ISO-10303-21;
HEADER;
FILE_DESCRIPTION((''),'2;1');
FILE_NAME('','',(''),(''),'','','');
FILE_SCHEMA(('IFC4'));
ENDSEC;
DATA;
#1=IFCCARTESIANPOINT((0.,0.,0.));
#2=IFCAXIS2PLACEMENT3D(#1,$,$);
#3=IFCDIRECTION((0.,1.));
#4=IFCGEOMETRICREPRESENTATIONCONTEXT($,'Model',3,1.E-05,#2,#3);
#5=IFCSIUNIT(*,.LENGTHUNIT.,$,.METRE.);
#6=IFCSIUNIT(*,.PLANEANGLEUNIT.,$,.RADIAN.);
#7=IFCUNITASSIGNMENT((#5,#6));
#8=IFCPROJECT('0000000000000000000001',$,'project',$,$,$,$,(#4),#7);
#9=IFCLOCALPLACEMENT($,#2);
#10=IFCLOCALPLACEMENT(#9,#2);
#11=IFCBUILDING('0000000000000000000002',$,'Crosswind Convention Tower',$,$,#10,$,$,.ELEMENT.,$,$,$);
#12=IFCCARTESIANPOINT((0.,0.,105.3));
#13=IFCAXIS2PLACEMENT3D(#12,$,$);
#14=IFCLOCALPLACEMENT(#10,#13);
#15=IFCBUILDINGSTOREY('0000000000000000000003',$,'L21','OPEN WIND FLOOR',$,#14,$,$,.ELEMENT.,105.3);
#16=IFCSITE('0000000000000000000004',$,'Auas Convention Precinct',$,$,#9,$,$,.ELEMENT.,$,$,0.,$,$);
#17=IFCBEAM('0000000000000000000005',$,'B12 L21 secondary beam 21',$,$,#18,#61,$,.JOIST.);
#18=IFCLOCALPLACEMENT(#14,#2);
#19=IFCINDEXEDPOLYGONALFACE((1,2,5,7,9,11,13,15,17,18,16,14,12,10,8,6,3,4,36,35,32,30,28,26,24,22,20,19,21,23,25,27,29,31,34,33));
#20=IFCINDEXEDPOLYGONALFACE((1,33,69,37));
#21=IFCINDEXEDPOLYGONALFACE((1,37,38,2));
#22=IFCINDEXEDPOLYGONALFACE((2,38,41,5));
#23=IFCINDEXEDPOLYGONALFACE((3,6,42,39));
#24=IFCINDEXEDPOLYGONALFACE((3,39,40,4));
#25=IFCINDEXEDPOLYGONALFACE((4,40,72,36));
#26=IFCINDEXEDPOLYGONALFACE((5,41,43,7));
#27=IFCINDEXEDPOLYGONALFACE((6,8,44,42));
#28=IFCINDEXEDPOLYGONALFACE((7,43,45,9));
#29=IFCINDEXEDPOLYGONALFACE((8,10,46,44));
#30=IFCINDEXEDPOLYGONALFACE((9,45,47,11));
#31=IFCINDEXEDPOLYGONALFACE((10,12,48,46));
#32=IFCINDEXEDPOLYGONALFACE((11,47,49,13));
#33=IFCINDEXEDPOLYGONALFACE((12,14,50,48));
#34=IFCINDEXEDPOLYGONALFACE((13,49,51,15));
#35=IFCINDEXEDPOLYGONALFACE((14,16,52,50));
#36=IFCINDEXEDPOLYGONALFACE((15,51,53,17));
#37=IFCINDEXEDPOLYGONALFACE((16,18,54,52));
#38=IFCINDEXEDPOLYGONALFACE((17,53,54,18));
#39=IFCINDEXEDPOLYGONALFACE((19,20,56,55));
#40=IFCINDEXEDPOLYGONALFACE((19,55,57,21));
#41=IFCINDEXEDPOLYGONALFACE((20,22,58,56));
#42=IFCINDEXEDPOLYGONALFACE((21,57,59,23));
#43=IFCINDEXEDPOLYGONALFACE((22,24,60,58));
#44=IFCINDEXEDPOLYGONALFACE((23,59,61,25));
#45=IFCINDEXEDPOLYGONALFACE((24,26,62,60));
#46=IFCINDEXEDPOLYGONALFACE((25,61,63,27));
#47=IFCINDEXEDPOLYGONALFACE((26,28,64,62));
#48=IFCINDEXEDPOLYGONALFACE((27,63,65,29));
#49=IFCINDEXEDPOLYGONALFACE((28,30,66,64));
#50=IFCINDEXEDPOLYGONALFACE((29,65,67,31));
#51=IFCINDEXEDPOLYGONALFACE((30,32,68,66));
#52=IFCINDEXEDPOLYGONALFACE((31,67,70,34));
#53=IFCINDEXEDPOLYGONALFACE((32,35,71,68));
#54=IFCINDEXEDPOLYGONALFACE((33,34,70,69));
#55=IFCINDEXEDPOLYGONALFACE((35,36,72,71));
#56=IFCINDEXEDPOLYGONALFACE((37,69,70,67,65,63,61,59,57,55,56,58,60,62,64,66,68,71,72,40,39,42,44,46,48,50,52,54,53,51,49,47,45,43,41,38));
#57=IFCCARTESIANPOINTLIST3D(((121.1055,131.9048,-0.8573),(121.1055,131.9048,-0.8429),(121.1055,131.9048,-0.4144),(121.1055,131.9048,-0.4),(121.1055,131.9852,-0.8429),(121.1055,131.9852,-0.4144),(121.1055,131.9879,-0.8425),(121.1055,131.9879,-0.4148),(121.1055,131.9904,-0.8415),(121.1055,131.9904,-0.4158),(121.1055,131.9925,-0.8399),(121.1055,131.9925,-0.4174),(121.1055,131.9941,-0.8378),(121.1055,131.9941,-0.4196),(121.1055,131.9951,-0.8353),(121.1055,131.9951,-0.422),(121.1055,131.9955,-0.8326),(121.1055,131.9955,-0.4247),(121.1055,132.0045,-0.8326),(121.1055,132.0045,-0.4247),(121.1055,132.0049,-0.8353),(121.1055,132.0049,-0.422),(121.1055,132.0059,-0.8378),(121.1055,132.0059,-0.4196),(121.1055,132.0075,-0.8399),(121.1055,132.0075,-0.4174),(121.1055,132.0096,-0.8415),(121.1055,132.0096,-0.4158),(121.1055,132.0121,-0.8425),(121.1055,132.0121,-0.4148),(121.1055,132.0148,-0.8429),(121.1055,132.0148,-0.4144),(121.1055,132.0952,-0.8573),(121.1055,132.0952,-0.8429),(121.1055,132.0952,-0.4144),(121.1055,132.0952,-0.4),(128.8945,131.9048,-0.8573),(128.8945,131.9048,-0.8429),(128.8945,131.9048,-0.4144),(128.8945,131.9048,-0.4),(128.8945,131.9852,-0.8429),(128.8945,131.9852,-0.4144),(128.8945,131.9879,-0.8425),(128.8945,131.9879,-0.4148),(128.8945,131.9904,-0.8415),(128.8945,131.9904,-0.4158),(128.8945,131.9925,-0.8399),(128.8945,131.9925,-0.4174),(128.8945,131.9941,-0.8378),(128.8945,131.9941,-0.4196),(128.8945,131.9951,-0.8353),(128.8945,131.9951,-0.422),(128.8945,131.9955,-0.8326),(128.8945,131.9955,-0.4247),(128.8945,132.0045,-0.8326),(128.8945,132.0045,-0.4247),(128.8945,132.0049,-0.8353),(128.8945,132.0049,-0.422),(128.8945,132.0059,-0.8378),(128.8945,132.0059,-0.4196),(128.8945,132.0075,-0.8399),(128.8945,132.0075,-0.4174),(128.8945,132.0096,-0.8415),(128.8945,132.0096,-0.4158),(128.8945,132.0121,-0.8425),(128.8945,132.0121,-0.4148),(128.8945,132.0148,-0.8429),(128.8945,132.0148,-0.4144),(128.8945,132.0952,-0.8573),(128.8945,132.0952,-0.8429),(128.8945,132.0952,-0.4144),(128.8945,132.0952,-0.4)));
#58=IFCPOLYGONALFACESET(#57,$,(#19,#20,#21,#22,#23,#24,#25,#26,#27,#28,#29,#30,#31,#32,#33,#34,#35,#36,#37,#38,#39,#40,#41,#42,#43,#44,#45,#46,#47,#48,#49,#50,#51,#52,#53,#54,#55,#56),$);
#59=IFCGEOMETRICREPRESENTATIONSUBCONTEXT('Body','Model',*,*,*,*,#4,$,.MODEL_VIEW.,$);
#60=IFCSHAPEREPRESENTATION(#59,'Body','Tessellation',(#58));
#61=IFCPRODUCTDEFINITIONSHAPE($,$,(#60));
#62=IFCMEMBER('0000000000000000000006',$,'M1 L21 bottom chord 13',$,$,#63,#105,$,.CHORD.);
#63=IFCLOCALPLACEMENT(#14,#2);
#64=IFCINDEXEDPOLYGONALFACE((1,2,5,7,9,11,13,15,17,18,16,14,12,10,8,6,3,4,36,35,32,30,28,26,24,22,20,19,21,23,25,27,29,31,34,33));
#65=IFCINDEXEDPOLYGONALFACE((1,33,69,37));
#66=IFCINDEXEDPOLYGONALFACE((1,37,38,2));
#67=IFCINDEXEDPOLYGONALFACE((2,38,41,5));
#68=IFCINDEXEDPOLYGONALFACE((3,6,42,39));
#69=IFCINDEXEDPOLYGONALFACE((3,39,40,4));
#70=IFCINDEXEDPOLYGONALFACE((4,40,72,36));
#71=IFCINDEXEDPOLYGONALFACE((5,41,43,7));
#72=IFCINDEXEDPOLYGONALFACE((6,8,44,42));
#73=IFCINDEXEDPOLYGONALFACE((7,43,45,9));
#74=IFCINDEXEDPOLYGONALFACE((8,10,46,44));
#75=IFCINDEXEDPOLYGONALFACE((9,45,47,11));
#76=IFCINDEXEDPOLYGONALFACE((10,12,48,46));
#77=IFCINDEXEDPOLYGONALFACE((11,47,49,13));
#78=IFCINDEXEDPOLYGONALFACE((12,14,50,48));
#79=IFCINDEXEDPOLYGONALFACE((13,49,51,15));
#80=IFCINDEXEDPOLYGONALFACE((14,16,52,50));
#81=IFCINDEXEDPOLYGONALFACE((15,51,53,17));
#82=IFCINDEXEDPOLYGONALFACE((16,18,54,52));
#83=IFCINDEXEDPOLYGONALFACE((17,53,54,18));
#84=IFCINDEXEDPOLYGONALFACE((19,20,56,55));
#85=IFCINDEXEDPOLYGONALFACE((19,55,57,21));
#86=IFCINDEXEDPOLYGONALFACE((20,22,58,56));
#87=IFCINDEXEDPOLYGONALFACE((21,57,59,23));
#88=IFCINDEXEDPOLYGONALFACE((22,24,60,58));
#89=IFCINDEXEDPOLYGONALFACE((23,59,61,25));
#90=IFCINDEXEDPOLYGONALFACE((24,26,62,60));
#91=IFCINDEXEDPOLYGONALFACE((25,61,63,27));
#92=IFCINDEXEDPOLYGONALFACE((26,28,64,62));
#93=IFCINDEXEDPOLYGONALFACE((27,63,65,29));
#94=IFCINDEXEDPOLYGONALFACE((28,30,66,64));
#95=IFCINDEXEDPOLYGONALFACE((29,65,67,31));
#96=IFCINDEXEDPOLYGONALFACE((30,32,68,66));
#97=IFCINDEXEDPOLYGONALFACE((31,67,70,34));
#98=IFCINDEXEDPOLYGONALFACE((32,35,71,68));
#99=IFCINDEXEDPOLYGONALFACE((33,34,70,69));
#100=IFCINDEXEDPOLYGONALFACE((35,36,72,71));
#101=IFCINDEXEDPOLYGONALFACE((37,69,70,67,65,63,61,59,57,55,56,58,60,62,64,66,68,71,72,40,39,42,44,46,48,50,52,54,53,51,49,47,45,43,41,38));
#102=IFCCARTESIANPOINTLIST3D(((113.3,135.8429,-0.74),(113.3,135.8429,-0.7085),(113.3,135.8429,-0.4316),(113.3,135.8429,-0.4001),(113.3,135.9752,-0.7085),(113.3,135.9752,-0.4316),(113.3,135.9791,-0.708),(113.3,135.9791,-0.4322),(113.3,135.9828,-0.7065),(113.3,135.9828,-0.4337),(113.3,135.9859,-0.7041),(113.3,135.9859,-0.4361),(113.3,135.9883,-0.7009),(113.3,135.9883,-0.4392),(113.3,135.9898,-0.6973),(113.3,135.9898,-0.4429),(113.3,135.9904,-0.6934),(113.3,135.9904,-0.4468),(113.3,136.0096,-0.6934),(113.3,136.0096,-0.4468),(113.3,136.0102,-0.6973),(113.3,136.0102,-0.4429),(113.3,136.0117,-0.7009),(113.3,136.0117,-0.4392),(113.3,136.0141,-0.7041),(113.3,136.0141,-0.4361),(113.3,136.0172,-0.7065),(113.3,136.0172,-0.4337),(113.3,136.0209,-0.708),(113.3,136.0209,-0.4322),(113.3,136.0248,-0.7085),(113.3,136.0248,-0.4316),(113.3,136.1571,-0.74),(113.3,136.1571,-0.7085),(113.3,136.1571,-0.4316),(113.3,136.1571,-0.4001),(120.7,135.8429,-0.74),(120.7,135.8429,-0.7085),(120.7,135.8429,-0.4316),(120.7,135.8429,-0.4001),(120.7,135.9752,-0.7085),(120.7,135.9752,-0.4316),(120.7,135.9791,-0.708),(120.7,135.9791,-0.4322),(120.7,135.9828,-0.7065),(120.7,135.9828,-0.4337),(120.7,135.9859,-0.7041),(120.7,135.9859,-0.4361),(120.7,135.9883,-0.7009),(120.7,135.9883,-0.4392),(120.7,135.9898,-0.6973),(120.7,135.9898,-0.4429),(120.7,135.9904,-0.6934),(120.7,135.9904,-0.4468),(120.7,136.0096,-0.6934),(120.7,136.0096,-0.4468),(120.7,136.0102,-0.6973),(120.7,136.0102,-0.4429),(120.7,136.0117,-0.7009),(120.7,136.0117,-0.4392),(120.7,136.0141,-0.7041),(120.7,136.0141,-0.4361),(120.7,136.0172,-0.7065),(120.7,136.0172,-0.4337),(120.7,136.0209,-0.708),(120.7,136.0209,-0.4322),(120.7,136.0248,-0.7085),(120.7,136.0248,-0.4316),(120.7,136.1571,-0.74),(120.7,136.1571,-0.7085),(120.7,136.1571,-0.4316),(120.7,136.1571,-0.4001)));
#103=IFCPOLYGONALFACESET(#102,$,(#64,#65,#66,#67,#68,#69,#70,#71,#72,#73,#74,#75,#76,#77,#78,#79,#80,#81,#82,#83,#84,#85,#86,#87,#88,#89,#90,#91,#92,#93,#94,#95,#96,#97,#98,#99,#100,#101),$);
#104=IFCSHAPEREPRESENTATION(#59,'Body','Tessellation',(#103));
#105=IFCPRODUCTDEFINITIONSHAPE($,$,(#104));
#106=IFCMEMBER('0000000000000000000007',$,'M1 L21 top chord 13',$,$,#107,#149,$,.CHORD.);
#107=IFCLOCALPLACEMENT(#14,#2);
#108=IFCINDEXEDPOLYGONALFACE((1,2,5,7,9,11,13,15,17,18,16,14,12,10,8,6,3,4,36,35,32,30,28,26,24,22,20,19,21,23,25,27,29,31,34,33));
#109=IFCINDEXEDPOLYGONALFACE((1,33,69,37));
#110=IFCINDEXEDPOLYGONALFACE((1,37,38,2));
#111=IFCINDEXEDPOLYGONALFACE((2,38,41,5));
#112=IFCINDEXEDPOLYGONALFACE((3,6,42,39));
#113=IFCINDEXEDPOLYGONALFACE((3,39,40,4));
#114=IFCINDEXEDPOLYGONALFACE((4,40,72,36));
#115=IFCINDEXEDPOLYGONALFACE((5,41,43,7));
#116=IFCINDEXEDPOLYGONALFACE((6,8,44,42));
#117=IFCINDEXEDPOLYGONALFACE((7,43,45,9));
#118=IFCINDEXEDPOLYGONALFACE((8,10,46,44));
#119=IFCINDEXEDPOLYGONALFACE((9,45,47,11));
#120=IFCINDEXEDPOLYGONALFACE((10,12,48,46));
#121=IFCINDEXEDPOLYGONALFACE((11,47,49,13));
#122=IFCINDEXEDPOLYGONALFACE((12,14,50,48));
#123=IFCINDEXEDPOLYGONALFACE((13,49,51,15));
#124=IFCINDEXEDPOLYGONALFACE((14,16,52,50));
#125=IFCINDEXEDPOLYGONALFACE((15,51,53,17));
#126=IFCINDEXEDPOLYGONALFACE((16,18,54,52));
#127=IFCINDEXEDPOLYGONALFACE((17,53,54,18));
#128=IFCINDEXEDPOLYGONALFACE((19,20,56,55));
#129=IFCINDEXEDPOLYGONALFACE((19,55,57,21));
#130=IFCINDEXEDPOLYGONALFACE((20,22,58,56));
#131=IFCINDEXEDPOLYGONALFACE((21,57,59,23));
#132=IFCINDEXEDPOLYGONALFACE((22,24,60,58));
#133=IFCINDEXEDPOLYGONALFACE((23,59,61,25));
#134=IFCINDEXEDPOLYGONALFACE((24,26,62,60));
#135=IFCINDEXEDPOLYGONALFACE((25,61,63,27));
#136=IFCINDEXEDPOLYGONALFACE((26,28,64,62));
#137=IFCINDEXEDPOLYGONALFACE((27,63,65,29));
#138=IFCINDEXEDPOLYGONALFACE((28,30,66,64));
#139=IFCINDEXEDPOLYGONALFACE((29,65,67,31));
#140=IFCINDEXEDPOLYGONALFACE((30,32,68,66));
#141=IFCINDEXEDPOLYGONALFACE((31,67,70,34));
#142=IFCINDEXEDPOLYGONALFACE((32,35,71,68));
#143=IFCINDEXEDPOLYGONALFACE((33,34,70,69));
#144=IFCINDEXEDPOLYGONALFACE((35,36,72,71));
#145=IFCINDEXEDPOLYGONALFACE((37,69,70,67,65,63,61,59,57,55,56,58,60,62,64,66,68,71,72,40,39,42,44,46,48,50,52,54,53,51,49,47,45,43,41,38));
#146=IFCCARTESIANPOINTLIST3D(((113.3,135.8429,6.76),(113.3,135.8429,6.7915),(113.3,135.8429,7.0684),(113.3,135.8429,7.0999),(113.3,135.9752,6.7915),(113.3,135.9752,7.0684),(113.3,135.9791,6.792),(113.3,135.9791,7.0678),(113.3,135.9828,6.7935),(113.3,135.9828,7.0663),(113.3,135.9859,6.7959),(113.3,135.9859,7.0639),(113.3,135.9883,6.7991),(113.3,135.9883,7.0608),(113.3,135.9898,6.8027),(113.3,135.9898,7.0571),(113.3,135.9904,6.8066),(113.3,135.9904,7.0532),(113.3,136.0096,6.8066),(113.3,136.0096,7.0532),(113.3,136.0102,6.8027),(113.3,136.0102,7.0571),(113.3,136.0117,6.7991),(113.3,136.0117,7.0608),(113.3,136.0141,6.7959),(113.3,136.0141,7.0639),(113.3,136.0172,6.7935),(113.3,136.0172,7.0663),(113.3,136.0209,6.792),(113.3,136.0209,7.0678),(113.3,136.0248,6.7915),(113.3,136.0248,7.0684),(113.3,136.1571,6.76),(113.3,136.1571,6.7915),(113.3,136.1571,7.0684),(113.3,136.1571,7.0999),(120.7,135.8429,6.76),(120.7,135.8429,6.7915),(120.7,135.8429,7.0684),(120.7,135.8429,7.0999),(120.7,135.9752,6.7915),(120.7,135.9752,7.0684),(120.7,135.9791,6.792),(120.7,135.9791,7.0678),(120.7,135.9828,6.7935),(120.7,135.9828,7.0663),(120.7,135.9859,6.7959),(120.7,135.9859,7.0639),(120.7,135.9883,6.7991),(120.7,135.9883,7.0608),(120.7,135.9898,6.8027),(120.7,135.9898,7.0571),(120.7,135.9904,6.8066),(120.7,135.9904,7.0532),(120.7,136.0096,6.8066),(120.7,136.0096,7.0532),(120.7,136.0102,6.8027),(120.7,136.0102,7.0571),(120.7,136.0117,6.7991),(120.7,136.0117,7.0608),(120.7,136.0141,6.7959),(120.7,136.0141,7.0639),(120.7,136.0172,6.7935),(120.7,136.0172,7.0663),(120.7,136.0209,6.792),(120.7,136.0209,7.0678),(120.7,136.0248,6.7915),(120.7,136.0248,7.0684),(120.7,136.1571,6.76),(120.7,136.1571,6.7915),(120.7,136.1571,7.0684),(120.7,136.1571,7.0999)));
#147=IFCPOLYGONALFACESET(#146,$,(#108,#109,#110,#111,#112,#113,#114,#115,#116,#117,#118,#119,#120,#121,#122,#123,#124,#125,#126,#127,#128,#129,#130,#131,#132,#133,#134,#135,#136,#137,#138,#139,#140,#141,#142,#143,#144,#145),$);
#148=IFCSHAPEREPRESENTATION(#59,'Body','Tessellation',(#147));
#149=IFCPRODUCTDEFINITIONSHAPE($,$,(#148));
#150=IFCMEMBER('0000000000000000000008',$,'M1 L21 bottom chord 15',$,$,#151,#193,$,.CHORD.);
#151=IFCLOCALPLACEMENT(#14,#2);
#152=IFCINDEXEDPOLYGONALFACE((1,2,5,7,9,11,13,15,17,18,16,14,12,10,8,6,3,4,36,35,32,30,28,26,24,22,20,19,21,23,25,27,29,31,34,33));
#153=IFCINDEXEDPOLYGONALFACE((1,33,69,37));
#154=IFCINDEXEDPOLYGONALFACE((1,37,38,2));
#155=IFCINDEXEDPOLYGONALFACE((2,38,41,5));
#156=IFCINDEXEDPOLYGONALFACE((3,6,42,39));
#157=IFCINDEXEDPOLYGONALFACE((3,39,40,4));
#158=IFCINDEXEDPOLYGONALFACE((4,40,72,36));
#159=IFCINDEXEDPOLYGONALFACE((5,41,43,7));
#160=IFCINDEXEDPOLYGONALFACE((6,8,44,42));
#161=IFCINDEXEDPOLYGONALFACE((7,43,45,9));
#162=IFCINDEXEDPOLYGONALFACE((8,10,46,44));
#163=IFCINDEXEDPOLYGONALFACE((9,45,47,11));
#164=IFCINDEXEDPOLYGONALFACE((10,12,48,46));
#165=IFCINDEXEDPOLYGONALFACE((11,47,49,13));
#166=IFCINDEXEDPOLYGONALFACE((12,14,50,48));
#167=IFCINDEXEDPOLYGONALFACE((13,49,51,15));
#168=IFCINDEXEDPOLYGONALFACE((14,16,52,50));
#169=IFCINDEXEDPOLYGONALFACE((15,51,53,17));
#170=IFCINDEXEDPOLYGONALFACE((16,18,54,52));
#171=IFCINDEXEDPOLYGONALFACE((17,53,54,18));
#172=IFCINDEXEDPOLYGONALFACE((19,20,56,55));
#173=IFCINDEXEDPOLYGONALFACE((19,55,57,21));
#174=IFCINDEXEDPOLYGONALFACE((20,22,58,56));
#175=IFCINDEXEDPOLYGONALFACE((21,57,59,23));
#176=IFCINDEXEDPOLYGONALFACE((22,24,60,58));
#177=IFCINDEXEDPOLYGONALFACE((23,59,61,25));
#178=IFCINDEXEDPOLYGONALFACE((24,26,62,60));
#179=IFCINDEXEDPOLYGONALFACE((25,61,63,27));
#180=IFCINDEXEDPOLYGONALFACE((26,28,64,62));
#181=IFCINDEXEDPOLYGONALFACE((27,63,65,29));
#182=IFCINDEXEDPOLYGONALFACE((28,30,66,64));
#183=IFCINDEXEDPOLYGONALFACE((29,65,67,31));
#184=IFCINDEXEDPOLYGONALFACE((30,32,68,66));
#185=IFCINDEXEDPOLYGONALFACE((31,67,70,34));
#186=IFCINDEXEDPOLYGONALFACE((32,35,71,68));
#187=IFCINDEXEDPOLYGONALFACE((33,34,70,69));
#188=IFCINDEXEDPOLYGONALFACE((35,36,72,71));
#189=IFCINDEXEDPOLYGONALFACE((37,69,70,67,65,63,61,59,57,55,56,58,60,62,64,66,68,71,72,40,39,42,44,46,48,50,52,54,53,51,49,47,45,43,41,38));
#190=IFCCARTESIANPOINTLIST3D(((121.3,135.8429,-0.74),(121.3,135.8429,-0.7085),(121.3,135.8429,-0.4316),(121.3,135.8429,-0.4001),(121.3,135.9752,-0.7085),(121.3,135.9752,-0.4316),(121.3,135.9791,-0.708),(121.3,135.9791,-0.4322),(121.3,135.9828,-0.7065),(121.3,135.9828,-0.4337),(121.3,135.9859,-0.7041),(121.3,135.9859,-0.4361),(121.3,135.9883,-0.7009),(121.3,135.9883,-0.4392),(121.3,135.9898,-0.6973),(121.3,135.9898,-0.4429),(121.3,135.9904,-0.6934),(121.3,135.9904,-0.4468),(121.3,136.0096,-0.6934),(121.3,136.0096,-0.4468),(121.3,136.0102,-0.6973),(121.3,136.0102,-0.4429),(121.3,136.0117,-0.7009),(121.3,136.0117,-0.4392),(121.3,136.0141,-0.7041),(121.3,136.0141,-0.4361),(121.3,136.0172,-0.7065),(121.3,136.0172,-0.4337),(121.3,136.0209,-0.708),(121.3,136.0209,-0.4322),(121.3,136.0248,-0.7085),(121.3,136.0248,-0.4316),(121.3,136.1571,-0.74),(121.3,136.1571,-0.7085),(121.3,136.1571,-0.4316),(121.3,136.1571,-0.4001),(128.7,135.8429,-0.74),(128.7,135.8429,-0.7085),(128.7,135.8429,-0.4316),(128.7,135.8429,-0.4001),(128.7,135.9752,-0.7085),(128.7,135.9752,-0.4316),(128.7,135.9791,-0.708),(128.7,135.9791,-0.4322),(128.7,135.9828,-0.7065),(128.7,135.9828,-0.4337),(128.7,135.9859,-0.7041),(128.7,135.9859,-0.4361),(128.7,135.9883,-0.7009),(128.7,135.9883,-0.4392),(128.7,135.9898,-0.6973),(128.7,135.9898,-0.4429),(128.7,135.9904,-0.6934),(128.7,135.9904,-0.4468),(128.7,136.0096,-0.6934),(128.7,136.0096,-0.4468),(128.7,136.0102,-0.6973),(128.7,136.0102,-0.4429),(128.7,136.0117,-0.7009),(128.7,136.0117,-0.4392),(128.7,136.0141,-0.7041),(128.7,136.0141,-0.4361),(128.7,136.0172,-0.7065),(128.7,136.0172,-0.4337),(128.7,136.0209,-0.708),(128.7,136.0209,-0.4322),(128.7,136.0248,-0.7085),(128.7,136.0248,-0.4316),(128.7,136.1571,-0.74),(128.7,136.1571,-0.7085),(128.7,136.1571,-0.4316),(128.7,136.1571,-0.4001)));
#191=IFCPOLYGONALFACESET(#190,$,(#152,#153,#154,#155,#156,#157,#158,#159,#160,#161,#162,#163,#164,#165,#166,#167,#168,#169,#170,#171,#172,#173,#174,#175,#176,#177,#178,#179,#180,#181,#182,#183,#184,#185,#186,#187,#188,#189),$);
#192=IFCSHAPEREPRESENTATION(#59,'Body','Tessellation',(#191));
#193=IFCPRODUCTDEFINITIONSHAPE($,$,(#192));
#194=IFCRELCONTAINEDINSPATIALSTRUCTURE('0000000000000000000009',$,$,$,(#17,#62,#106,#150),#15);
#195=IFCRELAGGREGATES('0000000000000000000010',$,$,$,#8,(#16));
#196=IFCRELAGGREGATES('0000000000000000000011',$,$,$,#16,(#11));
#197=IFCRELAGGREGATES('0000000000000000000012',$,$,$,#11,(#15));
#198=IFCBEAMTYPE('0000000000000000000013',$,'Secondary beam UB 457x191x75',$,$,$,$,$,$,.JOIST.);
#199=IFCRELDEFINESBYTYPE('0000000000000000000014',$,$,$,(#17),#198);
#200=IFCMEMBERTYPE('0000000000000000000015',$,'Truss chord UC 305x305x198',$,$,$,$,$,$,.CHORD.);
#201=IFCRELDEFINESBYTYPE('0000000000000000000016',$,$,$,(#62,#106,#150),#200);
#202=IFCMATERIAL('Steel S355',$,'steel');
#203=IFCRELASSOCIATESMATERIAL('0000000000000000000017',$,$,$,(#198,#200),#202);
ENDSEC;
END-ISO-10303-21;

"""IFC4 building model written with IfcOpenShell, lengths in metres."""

from ifc_helpers import new_model, si_unit, direction, frame, origin, origin_2d, place, context, subcontext, project, spatial, i_section, extrude, material, material_profile, profile_set, type_object, element, save


model = new_model("IFC4")

# Units and contexts
model_context = context("Model", 3, precision=1e-05, world=origin(), true_north=direction((0.0, 1.0)))
body_context = subcontext(model_context, "Body", "Model", "MODEL_VIEW")
ifc_project = project(units=[si_unit("LENGTHUNIT", "METRE"), si_unit("PLANEANGLEUNIT", "RADIAN")], contexts=[model_context])

# Site, building, storey
site_placement = place(None, origin())
site = spatial("IfcSite", under=ifc_project, at=site_placement, Name="Auas Convention Precinct", CompositionType="ELEMENT", RefElevation=0.0)
building_placement = place(site_placement, origin())
building = spatial("IfcBuilding", under=site, at=building_placement, Name="Crosswind Convention Tower", CompositionType="ELEMENT")
storey_placement = place(building_placement, frame((0.0, 0.0, 105.3)))
storey = spatial("IfcBuildingStorey", under=building, at=storey_placement, Name="L21", Description="OPEN WIND FLOOR", CompositionType="ELEMENT", Elevation=105.3)

# Beam
ifc_material_1 = material(Name="Steel S355", Category="steel")
ifc_material_profile_1 = material_profile(ifc_material_1, i_section(OverallWidth=0.1904, OverallDepth=0.4573, WebThickness=0.009, FlangeThickness=0.0144, FilletRadius=0.0103, at=origin_2d()), Name="UB 457x191x75")
ifc_profile_set_1 = profile_set([ifc_material_profile_1], Name="Steel S355")
beam_type_1 = type_object("IfcBeamType", Name="Secondary beam UB 457x191x75", PredefinedType="JOIST", material=ifc_profile_set_1)
for number, where, z_axis, x_axis, name in (
    (1, (121.1055, 132.0, -0.6287), (1.0, 0.0, 0.0), (0.0, 1.0, 0.0), "B12 L21 secondary beam 21"),
):
    element("IfcBeam", number, at=place(storey_placement, frame(where, z_axis=z_axis, x_axis=x_axis)), inside=storey, type_object=beam_type_1, Name=name, PredefinedType="JOIST", context=body_context, shape_type="SweptSolid", body=[
        extrude(i_section(OverallWidth=0.1904, OverallDepth=0.4573, WebThickness=0.009, FlangeThickness=0.0144, FilletRadius=0.0103, at=origin_2d()), origin(), (0.0, 0.0, 1.0), 7.7891),
    ])

# Members
ifc_material_profile_2 = material_profile(ifc_material_1, i_section(OverallWidth=0.3142, OverallDepth=0.3398, WebThickness=0.0193, FlangeThickness=0.0315, FilletRadius=0.0151, at=origin_2d()), Name="UC 305x305x198")
ifc_profile_set_2 = profile_set([ifc_material_profile_2], Name="Steel S355")
member_type_1 = type_object("IfcMemberType", Name="Truss chord UC 305x305x198", PredefinedType="CHORD", material=ifc_profile_set_2)
for number, where, z_axis, x_axis, name in (
    (2, (113.3, 136.0, -0.5701), (1.0, 0.0, 0.0), (0.0, 1.0, 0.0), "M1 L21 bottom chord 13"),
    (3, (113.3, 136.0, 6.9299), (1.0, 0.0, 0.0), (0.0, 1.0, 0.0), "M1 L21 top chord 13"),
    (4, (121.3, 136.0, -0.5701), (1.0, 0.0, 0.0), (0.0, 1.0, 0.0), "M1 L21 bottom chord 15"),
):
    element("IfcMember", number, at=place(storey_placement, frame(where, z_axis=z_axis, x_axis=x_axis)), inside=storey, type_object=member_type_1, Name=name, PredefinedType="CHORD", context=body_context, shape_type="SweptSolid", body=[
        extrude(i_section(OverallWidth=0.3142, OverallDepth=0.3398, WebThickness=0.0193, FlangeThickness=0.0315, FilletRadius=0.0151, at=origin_2d()), origin(), (0.0, 0.0, 1.0), 7.3999),
    ])

save(model, "model.ifc")
